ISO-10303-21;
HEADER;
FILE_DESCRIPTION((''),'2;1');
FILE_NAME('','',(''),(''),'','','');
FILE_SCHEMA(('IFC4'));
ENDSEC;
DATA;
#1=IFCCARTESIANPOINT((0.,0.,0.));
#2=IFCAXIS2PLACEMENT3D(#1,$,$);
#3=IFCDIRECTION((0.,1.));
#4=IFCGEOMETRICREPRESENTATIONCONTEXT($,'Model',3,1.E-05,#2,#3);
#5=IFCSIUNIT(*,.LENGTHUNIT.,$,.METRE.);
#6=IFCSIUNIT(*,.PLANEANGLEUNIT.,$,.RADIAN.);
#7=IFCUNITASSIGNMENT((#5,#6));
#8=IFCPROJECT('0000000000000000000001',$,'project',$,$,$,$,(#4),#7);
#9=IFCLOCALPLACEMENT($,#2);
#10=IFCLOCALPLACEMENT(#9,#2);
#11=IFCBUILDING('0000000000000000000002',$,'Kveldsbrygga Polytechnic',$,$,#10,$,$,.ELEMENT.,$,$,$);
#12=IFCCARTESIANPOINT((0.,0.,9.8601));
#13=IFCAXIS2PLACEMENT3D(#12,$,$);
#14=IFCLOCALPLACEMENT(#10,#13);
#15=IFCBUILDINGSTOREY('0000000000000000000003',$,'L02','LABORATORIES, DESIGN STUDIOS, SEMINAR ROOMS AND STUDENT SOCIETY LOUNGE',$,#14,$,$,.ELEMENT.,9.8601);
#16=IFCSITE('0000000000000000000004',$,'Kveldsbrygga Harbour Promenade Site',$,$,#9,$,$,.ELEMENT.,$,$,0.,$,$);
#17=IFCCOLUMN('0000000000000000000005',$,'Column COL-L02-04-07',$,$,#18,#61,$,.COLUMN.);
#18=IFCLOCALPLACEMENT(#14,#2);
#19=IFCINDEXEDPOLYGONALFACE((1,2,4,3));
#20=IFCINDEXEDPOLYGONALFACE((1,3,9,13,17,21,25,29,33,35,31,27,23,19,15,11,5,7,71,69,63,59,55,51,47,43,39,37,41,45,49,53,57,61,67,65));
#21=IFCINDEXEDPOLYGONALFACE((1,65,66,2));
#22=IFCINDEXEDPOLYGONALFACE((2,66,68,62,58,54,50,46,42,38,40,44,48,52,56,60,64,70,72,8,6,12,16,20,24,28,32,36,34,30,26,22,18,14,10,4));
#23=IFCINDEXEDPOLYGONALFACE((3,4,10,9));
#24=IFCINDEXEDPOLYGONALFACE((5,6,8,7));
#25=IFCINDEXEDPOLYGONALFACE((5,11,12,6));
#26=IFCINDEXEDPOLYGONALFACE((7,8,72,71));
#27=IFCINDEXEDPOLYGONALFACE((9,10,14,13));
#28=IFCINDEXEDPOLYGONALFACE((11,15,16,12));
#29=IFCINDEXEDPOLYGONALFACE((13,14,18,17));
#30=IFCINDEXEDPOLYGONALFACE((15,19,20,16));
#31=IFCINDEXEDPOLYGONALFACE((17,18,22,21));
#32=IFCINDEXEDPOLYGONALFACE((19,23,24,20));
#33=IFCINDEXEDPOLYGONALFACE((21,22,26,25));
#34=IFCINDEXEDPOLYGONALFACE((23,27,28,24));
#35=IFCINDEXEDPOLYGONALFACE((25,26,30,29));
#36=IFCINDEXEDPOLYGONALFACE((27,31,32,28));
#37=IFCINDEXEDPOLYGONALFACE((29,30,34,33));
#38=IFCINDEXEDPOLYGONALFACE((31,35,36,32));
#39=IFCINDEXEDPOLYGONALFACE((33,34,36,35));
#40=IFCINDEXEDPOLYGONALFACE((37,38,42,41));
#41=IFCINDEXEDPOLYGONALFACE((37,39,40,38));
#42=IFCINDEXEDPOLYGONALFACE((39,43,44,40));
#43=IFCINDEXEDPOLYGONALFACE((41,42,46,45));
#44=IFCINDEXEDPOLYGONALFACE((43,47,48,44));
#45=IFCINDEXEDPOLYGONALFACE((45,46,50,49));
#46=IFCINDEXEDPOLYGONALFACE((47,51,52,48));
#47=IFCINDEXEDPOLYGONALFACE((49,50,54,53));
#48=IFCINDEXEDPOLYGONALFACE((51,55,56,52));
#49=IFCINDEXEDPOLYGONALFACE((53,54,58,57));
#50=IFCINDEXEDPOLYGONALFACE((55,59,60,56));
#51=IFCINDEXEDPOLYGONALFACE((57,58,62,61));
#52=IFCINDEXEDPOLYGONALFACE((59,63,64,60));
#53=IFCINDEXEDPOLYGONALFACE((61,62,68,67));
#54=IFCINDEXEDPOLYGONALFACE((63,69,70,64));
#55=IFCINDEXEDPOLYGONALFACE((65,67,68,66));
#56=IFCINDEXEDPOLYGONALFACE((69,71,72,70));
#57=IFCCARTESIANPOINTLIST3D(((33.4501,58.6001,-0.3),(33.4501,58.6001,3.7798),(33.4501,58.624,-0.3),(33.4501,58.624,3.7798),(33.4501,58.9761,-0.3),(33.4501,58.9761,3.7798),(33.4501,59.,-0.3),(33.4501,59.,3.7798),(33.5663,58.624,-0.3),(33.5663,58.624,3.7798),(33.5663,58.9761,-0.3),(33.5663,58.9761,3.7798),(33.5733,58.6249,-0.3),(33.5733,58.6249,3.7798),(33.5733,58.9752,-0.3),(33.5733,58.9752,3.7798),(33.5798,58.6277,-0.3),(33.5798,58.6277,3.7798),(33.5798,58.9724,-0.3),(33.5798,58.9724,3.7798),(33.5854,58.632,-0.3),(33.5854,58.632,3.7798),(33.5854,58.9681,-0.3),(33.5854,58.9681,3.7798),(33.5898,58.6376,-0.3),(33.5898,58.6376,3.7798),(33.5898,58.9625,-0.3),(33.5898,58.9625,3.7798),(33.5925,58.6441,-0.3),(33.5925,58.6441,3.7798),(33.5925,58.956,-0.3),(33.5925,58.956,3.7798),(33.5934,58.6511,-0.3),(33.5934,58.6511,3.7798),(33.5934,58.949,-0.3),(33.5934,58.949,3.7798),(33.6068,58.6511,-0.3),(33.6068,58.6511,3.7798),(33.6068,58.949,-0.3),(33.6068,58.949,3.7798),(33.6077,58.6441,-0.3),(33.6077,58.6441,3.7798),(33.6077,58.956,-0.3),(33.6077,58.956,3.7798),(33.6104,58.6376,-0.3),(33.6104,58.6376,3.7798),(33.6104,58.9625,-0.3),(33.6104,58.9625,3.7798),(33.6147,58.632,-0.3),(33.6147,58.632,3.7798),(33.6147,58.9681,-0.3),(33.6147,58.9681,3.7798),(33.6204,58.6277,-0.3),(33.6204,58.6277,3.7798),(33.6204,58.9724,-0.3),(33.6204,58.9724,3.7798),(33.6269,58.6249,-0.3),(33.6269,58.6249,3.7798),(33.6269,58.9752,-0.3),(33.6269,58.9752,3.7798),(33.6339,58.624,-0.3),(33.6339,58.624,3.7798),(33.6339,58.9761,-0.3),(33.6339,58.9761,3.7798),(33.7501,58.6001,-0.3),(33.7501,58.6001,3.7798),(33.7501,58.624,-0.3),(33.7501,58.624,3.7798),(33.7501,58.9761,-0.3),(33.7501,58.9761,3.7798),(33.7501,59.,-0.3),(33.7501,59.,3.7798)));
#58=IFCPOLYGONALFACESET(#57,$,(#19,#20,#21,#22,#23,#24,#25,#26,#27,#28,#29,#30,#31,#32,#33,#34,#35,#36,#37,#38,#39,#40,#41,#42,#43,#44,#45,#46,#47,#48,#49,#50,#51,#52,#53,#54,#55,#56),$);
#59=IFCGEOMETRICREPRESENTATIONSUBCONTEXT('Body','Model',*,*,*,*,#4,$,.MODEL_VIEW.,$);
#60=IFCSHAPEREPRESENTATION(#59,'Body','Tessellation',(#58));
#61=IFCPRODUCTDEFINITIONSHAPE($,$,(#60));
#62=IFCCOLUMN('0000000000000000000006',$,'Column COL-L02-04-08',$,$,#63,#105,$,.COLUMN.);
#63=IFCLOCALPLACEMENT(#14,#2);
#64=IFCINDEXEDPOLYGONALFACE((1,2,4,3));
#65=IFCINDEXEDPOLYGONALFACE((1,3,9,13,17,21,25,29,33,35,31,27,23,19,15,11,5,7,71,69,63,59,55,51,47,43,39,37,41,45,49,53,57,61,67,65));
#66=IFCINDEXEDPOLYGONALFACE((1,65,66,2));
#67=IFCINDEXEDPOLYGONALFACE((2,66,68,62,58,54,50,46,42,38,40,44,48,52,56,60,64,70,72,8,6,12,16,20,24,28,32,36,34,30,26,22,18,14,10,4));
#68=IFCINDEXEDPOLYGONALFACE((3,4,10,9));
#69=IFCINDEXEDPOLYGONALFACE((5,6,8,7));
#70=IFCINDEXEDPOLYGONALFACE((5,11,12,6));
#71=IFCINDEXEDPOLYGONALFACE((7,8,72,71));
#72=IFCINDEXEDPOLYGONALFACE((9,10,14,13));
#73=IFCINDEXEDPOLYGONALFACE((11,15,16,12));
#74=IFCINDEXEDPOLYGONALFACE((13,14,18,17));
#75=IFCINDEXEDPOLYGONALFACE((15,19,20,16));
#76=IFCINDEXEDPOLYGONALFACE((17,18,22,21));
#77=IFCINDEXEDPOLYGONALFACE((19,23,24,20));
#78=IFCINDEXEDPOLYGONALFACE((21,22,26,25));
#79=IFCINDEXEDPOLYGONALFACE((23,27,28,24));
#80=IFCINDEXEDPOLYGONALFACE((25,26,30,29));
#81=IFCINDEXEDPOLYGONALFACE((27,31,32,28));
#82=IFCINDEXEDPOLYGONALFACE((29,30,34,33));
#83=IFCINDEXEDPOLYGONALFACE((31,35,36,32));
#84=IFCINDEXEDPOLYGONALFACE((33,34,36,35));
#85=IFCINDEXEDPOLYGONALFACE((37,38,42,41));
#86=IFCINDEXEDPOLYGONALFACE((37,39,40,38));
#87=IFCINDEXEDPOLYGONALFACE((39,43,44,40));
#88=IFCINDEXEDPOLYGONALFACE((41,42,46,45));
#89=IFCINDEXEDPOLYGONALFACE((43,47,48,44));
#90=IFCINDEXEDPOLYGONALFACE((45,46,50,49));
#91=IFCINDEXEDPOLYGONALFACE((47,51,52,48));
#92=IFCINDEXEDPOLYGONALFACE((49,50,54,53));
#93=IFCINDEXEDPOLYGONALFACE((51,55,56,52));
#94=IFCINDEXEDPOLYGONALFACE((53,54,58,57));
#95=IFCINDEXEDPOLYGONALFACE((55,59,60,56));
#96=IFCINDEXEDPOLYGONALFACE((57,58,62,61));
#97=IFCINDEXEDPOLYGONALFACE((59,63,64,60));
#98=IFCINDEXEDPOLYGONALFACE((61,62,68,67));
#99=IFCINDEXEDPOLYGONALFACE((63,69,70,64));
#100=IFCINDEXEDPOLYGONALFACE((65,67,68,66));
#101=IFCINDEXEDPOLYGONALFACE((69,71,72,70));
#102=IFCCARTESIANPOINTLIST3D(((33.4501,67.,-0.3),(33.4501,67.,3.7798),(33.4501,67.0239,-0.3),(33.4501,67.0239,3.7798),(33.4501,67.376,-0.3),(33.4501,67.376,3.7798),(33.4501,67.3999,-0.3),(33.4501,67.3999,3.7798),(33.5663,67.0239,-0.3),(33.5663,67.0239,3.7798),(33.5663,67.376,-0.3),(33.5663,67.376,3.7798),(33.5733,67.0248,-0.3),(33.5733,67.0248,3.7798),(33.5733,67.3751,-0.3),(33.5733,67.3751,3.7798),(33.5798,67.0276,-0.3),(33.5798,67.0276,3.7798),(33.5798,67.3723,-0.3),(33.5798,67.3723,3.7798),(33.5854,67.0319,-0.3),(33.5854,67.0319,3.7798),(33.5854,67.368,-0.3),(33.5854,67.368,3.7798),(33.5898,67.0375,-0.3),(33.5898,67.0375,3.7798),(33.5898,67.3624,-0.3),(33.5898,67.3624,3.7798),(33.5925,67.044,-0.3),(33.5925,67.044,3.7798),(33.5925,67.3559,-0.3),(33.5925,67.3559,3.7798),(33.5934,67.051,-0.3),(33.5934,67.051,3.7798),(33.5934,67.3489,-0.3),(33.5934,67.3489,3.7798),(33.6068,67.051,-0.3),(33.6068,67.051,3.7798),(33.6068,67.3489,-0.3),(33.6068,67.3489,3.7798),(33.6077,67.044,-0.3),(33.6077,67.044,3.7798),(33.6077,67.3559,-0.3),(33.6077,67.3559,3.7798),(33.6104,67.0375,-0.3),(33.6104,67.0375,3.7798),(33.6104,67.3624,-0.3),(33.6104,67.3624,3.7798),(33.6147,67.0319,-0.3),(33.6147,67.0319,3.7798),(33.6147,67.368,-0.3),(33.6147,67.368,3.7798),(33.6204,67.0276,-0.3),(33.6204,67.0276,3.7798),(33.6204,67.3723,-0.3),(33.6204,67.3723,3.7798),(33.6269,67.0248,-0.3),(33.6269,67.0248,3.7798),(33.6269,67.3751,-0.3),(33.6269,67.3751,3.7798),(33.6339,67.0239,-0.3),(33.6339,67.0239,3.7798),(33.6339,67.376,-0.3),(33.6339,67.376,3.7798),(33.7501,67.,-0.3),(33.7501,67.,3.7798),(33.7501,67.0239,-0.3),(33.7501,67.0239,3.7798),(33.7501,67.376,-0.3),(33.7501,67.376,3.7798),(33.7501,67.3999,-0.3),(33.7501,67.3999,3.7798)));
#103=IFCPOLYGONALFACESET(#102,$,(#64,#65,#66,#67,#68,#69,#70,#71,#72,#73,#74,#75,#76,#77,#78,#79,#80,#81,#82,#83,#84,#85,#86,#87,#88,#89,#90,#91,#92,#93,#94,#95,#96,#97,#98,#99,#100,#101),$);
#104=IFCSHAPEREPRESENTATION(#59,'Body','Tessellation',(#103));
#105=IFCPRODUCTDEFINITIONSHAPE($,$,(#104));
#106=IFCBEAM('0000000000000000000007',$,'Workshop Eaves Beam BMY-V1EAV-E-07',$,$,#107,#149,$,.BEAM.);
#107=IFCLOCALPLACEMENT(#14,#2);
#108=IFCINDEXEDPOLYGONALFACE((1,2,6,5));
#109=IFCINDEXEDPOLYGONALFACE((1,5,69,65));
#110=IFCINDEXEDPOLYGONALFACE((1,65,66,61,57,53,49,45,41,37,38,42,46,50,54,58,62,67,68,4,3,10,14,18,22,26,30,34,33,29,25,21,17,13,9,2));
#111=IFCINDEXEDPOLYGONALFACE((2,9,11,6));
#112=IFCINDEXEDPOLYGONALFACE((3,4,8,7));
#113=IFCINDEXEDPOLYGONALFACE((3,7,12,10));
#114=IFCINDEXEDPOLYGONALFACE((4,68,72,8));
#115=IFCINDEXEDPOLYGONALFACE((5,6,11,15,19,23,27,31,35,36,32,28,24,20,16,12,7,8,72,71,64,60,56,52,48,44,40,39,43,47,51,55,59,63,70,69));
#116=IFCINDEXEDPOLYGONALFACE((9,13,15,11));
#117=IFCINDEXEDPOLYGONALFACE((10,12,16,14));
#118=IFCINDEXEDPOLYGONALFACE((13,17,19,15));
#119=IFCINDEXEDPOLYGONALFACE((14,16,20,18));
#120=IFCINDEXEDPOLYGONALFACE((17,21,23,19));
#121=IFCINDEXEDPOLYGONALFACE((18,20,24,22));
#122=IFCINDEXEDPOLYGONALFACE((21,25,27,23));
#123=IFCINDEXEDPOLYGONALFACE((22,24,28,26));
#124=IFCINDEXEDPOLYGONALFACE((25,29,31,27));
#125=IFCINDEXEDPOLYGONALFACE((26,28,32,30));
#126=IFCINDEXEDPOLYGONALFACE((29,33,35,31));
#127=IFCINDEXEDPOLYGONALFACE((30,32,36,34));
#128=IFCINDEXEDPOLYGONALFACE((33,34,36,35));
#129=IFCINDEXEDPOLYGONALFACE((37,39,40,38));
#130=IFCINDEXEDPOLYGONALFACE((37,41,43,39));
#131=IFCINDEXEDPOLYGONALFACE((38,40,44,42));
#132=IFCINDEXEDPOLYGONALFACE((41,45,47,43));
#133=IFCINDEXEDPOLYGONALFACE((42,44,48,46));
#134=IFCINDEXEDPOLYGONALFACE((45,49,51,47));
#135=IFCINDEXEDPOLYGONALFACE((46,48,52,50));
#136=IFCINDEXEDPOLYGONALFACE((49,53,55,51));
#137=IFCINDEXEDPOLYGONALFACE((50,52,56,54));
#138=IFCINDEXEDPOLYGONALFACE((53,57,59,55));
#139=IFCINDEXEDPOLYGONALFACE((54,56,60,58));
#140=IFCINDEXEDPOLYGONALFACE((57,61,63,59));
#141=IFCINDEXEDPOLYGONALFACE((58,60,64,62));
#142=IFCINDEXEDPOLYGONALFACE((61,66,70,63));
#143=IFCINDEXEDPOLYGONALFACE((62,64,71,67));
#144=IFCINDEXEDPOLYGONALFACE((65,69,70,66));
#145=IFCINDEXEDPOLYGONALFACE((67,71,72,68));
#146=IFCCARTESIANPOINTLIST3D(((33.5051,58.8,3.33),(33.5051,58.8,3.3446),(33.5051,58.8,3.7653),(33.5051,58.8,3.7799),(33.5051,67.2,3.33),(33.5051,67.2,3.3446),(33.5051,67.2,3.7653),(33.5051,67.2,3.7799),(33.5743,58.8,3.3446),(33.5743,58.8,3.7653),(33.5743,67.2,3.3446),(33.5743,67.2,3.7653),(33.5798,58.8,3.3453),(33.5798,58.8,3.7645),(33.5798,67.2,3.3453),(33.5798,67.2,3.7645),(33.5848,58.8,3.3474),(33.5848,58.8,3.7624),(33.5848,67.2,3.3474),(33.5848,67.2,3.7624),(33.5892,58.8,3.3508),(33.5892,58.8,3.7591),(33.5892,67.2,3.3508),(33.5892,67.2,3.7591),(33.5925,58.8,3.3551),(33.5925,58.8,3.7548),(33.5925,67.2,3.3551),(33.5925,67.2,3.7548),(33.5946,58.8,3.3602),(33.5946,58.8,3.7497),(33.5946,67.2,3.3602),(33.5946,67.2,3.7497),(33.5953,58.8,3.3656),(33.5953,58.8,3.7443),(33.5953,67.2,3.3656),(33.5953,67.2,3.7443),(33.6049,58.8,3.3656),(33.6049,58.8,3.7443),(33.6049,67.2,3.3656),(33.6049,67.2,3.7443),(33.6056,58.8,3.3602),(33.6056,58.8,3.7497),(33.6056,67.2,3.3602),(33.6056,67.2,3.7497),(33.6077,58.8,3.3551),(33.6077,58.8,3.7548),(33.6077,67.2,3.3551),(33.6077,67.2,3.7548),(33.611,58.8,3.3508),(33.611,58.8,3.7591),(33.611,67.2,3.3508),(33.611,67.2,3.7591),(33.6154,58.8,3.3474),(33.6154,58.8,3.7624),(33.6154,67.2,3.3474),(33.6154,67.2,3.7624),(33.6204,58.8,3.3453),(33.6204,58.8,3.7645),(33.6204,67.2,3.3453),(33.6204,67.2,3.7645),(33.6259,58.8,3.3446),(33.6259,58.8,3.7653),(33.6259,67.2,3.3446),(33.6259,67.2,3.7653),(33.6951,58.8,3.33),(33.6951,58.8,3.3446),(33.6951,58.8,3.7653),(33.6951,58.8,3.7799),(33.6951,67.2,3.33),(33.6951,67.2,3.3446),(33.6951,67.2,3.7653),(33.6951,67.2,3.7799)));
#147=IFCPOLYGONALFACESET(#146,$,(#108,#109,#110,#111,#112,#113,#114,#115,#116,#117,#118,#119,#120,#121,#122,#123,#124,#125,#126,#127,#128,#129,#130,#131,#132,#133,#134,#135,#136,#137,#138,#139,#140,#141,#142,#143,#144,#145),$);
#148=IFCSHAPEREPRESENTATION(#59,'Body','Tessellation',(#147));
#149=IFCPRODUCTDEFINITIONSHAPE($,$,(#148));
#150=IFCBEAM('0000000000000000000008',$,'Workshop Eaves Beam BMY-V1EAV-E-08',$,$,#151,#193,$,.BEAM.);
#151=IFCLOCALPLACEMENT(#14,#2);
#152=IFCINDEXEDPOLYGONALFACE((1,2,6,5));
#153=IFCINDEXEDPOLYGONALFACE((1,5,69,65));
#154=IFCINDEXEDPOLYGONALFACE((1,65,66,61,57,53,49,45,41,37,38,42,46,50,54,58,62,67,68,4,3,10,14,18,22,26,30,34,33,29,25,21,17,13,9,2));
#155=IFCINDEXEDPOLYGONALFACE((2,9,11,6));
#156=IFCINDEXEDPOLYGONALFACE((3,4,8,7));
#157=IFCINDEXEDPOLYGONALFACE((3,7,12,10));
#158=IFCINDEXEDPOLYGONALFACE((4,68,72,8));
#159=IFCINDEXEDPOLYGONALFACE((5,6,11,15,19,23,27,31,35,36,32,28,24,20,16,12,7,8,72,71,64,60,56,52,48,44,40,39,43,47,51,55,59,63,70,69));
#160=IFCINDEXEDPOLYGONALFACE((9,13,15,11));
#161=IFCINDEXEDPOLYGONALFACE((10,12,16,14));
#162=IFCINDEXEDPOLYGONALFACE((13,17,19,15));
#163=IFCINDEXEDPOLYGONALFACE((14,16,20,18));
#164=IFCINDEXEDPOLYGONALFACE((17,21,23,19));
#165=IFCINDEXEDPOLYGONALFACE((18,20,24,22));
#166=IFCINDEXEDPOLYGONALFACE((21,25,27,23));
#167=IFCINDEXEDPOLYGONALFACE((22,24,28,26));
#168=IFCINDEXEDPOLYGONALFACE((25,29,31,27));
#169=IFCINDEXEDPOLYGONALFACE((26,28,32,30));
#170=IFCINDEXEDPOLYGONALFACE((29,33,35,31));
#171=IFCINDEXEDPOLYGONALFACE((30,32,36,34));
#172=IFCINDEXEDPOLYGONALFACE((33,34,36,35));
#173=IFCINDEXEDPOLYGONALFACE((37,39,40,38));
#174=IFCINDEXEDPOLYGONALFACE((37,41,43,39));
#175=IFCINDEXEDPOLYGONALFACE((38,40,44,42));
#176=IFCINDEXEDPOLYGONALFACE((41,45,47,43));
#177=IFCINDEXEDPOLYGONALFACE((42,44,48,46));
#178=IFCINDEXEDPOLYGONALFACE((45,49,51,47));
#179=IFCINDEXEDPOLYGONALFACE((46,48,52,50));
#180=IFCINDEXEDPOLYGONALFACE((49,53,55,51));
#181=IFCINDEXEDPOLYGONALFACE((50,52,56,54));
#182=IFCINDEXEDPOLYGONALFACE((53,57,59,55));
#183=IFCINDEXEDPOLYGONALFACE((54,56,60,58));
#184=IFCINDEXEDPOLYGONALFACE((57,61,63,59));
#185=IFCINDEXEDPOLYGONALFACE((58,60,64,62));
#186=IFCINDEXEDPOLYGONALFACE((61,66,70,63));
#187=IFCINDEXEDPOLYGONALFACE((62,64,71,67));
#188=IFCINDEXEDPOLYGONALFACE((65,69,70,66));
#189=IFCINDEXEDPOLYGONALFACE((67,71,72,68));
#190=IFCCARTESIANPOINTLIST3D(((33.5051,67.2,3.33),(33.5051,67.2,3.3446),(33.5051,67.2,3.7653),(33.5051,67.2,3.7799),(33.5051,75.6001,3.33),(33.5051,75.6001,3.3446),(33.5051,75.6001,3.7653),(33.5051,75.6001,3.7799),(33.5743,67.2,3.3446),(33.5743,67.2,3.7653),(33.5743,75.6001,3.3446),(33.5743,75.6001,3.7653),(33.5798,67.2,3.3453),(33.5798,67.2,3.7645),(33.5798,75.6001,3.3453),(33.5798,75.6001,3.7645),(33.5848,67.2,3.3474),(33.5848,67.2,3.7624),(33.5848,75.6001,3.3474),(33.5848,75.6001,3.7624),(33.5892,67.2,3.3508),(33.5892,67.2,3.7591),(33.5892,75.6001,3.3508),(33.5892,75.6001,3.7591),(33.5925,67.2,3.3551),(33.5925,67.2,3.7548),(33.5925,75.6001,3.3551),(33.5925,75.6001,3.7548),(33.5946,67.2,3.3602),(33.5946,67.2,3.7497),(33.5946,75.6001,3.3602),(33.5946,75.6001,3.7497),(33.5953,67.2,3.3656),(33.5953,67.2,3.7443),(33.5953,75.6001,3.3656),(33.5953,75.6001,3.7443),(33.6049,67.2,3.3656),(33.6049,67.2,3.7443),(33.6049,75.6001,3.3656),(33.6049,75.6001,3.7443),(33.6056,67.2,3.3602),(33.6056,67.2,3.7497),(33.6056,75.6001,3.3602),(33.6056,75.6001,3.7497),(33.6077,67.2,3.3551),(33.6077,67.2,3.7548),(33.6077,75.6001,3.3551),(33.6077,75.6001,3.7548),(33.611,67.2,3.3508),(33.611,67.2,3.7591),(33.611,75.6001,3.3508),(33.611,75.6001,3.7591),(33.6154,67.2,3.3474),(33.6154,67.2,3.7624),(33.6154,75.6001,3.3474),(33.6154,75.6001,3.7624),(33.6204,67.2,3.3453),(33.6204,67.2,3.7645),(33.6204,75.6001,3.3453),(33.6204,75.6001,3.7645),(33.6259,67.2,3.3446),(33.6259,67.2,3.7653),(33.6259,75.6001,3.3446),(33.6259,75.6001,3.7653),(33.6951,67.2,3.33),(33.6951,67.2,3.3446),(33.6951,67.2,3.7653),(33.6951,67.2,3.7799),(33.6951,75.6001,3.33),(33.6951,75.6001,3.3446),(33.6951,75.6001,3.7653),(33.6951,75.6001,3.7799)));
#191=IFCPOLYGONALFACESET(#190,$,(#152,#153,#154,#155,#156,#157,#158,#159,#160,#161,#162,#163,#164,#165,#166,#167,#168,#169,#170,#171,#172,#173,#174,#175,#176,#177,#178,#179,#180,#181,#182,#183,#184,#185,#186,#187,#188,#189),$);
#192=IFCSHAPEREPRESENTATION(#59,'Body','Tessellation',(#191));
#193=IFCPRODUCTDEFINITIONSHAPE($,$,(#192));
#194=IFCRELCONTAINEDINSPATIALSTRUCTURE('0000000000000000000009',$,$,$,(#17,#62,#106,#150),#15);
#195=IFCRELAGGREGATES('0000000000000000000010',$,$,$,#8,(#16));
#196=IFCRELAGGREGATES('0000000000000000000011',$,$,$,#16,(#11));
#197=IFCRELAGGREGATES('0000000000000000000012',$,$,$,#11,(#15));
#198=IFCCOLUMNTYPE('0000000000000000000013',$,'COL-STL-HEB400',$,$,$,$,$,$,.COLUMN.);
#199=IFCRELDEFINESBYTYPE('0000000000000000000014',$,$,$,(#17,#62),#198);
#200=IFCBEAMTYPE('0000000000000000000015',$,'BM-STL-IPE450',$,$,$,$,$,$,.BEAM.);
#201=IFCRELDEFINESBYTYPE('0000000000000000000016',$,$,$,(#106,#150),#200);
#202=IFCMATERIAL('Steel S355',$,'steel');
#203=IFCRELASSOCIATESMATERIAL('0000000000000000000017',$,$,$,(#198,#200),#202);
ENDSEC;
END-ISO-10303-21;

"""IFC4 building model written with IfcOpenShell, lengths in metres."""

from ifc_helpers import new_model, si_unit, direction, frame, origin, origin_2d, place, context, subcontext, project, spatial, i_section, extrude, material, material_profile, profile_set, type_object, element, save


model = new_model("IFC4")

# Units and contexts
model_context = context("Model", 3, precision=1e-05, world=origin(), true_north=direction((0.0, 1.0)))
body_context = subcontext(model_context, "Body", "Model", "MODEL_VIEW")
ifc_project = project(units=[si_unit("LENGTHUNIT", "METRE"), si_unit("PLANEANGLEUNIT", "RADIAN")], contexts=[model_context])

# Site, building, storey
site_placement = place(None, origin())
site = spatial("IfcSite", under=ifc_project, at=site_placement, Name="Kveldsbrygga Harbour Promenade Site", CompositionType="ELEMENT", RefElevation=0.0)
building_placement = place(site_placement, origin())
building = spatial("IfcBuilding", under=site, at=building_placement, Name="Kveldsbrygga Polytechnic", CompositionType="ELEMENT")
storey_placement = place(building_placement, frame((0.0, 0.0, 9.8601)))
storey = spatial("IfcBuildingStorey", under=building, at=storey_placement, Name="L02", Description="LABORATORIES, DESIGN STUDIOS, SEMINAR ROOMS AND STUDENT SOCIETY LOUNGE", CompositionType="ELEMENT", Elevation=9.8601)

# Columns
ifc_material_1 = material(Name="Steel S355", Category="steel")
ifc_material_profile_1 = material_profile(ifc_material_1, i_section(OverallWidth=0.3, OverallDepth=0.3999, WebThickness=0.0134, FlangeThickness=0.0239, FilletRadius=0.0271, at=origin_2d()), Name="HEB 400")
ifc_profile_set_1 = profile_set([ifc_material_profile_1], Name="Steel S355")
column_type = type_object("IfcColumnType", Name="COL-STL-HEB400", PredefinedType="COLUMN", material=ifc_profile_set_1)
for number, where, z_axis, x_axis, name in (
    (1, (33.6001, 58.8, -0.3), (0.0, 0.0, 1.0), (1.0, 0.0, 0.0), "Column COL-L02-04-07"),
    (2, (33.6001, 67.2, -0.3), (0.0, 0.0, 1.0), (1.0, 0.0, 0.0), "Column COL-L02-04-08"),
):
    element("IfcColumn", number, at=place(storey_placement, frame(where, z_axis=z_axis, x_axis=x_axis)), inside=storey, type_object=column_type, Name=name, PredefinedType="COLUMN", context=body_context, shape_type="SweptSolid", body=[
        extrude(i_section(OverallWidth=0.3, OverallDepth=0.3999, WebThickness=0.0134, FlangeThickness=0.0239, FilletRadius=0.0271, at=origin_2d()), origin(), (0.0, 0.0, 1.0), 4.0798),
    ])

# Beams
ifc_material_profile_2 = material_profile(ifc_material_1, i_section(OverallWidth=0.1899, OverallDepth=0.45, WebThickness=0.0095, FlangeThickness=0.0146, FilletRadius=0.021, at=origin_2d()), Name="IPE 450")
ifc_profile_set_2 = profile_set([ifc_material_profile_2], Name="Steel S355")
beam_type = type_object("IfcBeamType", Name="BM-STL-IPE450", PredefinedType="BEAM", material=ifc_profile_set_2)
beam_1_placement = place(storey_placement, frame((33.6001, 58.8, 3.5549), z_axis=(0.0, 1.0, 0.0), x_axis=(-1.0, 0.0, 0.0)))
element("IfcBeam", 3, at=beam_1_placement, inside=storey, type_object=beam_type, Name="Workshop Eaves Beam BMY-V1EAV-E-07", PredefinedType="BEAM", context=body_context, shape_type="SweptSolid", body=[
    extrude(i_section(OverallWidth=0.1899, OverallDepth=0.45, WebThickness=0.0095, FlangeThickness=0.0146, FilletRadius=0.021, at=origin_2d()), origin(), (0.0, 0.0, 1.0), 8.3999),
])
beam_2_placement = place(storey_placement, frame((33.6001, 67.2, 3.5549), z_axis=(0.0, 1.0, 0.0), x_axis=(-1.0, 0.0, 0.0)))
element("IfcBeam", 4, at=beam_2_placement, inside=storey, type_object=beam_type, Name="Workshop Eaves Beam BMY-V1EAV-E-08", PredefinedType="BEAM", context=body_context, shape_type="SweptSolid", body=[
    extrude(i_section(OverallWidth=0.1899, OverallDepth=0.45, WebThickness=0.0095, FlangeThickness=0.0146, FilletRadius=0.021, at=origin_2d()), origin(), (0.0, 0.0, 1.0), 8.4001),
])

save(model, "model.ifc")
